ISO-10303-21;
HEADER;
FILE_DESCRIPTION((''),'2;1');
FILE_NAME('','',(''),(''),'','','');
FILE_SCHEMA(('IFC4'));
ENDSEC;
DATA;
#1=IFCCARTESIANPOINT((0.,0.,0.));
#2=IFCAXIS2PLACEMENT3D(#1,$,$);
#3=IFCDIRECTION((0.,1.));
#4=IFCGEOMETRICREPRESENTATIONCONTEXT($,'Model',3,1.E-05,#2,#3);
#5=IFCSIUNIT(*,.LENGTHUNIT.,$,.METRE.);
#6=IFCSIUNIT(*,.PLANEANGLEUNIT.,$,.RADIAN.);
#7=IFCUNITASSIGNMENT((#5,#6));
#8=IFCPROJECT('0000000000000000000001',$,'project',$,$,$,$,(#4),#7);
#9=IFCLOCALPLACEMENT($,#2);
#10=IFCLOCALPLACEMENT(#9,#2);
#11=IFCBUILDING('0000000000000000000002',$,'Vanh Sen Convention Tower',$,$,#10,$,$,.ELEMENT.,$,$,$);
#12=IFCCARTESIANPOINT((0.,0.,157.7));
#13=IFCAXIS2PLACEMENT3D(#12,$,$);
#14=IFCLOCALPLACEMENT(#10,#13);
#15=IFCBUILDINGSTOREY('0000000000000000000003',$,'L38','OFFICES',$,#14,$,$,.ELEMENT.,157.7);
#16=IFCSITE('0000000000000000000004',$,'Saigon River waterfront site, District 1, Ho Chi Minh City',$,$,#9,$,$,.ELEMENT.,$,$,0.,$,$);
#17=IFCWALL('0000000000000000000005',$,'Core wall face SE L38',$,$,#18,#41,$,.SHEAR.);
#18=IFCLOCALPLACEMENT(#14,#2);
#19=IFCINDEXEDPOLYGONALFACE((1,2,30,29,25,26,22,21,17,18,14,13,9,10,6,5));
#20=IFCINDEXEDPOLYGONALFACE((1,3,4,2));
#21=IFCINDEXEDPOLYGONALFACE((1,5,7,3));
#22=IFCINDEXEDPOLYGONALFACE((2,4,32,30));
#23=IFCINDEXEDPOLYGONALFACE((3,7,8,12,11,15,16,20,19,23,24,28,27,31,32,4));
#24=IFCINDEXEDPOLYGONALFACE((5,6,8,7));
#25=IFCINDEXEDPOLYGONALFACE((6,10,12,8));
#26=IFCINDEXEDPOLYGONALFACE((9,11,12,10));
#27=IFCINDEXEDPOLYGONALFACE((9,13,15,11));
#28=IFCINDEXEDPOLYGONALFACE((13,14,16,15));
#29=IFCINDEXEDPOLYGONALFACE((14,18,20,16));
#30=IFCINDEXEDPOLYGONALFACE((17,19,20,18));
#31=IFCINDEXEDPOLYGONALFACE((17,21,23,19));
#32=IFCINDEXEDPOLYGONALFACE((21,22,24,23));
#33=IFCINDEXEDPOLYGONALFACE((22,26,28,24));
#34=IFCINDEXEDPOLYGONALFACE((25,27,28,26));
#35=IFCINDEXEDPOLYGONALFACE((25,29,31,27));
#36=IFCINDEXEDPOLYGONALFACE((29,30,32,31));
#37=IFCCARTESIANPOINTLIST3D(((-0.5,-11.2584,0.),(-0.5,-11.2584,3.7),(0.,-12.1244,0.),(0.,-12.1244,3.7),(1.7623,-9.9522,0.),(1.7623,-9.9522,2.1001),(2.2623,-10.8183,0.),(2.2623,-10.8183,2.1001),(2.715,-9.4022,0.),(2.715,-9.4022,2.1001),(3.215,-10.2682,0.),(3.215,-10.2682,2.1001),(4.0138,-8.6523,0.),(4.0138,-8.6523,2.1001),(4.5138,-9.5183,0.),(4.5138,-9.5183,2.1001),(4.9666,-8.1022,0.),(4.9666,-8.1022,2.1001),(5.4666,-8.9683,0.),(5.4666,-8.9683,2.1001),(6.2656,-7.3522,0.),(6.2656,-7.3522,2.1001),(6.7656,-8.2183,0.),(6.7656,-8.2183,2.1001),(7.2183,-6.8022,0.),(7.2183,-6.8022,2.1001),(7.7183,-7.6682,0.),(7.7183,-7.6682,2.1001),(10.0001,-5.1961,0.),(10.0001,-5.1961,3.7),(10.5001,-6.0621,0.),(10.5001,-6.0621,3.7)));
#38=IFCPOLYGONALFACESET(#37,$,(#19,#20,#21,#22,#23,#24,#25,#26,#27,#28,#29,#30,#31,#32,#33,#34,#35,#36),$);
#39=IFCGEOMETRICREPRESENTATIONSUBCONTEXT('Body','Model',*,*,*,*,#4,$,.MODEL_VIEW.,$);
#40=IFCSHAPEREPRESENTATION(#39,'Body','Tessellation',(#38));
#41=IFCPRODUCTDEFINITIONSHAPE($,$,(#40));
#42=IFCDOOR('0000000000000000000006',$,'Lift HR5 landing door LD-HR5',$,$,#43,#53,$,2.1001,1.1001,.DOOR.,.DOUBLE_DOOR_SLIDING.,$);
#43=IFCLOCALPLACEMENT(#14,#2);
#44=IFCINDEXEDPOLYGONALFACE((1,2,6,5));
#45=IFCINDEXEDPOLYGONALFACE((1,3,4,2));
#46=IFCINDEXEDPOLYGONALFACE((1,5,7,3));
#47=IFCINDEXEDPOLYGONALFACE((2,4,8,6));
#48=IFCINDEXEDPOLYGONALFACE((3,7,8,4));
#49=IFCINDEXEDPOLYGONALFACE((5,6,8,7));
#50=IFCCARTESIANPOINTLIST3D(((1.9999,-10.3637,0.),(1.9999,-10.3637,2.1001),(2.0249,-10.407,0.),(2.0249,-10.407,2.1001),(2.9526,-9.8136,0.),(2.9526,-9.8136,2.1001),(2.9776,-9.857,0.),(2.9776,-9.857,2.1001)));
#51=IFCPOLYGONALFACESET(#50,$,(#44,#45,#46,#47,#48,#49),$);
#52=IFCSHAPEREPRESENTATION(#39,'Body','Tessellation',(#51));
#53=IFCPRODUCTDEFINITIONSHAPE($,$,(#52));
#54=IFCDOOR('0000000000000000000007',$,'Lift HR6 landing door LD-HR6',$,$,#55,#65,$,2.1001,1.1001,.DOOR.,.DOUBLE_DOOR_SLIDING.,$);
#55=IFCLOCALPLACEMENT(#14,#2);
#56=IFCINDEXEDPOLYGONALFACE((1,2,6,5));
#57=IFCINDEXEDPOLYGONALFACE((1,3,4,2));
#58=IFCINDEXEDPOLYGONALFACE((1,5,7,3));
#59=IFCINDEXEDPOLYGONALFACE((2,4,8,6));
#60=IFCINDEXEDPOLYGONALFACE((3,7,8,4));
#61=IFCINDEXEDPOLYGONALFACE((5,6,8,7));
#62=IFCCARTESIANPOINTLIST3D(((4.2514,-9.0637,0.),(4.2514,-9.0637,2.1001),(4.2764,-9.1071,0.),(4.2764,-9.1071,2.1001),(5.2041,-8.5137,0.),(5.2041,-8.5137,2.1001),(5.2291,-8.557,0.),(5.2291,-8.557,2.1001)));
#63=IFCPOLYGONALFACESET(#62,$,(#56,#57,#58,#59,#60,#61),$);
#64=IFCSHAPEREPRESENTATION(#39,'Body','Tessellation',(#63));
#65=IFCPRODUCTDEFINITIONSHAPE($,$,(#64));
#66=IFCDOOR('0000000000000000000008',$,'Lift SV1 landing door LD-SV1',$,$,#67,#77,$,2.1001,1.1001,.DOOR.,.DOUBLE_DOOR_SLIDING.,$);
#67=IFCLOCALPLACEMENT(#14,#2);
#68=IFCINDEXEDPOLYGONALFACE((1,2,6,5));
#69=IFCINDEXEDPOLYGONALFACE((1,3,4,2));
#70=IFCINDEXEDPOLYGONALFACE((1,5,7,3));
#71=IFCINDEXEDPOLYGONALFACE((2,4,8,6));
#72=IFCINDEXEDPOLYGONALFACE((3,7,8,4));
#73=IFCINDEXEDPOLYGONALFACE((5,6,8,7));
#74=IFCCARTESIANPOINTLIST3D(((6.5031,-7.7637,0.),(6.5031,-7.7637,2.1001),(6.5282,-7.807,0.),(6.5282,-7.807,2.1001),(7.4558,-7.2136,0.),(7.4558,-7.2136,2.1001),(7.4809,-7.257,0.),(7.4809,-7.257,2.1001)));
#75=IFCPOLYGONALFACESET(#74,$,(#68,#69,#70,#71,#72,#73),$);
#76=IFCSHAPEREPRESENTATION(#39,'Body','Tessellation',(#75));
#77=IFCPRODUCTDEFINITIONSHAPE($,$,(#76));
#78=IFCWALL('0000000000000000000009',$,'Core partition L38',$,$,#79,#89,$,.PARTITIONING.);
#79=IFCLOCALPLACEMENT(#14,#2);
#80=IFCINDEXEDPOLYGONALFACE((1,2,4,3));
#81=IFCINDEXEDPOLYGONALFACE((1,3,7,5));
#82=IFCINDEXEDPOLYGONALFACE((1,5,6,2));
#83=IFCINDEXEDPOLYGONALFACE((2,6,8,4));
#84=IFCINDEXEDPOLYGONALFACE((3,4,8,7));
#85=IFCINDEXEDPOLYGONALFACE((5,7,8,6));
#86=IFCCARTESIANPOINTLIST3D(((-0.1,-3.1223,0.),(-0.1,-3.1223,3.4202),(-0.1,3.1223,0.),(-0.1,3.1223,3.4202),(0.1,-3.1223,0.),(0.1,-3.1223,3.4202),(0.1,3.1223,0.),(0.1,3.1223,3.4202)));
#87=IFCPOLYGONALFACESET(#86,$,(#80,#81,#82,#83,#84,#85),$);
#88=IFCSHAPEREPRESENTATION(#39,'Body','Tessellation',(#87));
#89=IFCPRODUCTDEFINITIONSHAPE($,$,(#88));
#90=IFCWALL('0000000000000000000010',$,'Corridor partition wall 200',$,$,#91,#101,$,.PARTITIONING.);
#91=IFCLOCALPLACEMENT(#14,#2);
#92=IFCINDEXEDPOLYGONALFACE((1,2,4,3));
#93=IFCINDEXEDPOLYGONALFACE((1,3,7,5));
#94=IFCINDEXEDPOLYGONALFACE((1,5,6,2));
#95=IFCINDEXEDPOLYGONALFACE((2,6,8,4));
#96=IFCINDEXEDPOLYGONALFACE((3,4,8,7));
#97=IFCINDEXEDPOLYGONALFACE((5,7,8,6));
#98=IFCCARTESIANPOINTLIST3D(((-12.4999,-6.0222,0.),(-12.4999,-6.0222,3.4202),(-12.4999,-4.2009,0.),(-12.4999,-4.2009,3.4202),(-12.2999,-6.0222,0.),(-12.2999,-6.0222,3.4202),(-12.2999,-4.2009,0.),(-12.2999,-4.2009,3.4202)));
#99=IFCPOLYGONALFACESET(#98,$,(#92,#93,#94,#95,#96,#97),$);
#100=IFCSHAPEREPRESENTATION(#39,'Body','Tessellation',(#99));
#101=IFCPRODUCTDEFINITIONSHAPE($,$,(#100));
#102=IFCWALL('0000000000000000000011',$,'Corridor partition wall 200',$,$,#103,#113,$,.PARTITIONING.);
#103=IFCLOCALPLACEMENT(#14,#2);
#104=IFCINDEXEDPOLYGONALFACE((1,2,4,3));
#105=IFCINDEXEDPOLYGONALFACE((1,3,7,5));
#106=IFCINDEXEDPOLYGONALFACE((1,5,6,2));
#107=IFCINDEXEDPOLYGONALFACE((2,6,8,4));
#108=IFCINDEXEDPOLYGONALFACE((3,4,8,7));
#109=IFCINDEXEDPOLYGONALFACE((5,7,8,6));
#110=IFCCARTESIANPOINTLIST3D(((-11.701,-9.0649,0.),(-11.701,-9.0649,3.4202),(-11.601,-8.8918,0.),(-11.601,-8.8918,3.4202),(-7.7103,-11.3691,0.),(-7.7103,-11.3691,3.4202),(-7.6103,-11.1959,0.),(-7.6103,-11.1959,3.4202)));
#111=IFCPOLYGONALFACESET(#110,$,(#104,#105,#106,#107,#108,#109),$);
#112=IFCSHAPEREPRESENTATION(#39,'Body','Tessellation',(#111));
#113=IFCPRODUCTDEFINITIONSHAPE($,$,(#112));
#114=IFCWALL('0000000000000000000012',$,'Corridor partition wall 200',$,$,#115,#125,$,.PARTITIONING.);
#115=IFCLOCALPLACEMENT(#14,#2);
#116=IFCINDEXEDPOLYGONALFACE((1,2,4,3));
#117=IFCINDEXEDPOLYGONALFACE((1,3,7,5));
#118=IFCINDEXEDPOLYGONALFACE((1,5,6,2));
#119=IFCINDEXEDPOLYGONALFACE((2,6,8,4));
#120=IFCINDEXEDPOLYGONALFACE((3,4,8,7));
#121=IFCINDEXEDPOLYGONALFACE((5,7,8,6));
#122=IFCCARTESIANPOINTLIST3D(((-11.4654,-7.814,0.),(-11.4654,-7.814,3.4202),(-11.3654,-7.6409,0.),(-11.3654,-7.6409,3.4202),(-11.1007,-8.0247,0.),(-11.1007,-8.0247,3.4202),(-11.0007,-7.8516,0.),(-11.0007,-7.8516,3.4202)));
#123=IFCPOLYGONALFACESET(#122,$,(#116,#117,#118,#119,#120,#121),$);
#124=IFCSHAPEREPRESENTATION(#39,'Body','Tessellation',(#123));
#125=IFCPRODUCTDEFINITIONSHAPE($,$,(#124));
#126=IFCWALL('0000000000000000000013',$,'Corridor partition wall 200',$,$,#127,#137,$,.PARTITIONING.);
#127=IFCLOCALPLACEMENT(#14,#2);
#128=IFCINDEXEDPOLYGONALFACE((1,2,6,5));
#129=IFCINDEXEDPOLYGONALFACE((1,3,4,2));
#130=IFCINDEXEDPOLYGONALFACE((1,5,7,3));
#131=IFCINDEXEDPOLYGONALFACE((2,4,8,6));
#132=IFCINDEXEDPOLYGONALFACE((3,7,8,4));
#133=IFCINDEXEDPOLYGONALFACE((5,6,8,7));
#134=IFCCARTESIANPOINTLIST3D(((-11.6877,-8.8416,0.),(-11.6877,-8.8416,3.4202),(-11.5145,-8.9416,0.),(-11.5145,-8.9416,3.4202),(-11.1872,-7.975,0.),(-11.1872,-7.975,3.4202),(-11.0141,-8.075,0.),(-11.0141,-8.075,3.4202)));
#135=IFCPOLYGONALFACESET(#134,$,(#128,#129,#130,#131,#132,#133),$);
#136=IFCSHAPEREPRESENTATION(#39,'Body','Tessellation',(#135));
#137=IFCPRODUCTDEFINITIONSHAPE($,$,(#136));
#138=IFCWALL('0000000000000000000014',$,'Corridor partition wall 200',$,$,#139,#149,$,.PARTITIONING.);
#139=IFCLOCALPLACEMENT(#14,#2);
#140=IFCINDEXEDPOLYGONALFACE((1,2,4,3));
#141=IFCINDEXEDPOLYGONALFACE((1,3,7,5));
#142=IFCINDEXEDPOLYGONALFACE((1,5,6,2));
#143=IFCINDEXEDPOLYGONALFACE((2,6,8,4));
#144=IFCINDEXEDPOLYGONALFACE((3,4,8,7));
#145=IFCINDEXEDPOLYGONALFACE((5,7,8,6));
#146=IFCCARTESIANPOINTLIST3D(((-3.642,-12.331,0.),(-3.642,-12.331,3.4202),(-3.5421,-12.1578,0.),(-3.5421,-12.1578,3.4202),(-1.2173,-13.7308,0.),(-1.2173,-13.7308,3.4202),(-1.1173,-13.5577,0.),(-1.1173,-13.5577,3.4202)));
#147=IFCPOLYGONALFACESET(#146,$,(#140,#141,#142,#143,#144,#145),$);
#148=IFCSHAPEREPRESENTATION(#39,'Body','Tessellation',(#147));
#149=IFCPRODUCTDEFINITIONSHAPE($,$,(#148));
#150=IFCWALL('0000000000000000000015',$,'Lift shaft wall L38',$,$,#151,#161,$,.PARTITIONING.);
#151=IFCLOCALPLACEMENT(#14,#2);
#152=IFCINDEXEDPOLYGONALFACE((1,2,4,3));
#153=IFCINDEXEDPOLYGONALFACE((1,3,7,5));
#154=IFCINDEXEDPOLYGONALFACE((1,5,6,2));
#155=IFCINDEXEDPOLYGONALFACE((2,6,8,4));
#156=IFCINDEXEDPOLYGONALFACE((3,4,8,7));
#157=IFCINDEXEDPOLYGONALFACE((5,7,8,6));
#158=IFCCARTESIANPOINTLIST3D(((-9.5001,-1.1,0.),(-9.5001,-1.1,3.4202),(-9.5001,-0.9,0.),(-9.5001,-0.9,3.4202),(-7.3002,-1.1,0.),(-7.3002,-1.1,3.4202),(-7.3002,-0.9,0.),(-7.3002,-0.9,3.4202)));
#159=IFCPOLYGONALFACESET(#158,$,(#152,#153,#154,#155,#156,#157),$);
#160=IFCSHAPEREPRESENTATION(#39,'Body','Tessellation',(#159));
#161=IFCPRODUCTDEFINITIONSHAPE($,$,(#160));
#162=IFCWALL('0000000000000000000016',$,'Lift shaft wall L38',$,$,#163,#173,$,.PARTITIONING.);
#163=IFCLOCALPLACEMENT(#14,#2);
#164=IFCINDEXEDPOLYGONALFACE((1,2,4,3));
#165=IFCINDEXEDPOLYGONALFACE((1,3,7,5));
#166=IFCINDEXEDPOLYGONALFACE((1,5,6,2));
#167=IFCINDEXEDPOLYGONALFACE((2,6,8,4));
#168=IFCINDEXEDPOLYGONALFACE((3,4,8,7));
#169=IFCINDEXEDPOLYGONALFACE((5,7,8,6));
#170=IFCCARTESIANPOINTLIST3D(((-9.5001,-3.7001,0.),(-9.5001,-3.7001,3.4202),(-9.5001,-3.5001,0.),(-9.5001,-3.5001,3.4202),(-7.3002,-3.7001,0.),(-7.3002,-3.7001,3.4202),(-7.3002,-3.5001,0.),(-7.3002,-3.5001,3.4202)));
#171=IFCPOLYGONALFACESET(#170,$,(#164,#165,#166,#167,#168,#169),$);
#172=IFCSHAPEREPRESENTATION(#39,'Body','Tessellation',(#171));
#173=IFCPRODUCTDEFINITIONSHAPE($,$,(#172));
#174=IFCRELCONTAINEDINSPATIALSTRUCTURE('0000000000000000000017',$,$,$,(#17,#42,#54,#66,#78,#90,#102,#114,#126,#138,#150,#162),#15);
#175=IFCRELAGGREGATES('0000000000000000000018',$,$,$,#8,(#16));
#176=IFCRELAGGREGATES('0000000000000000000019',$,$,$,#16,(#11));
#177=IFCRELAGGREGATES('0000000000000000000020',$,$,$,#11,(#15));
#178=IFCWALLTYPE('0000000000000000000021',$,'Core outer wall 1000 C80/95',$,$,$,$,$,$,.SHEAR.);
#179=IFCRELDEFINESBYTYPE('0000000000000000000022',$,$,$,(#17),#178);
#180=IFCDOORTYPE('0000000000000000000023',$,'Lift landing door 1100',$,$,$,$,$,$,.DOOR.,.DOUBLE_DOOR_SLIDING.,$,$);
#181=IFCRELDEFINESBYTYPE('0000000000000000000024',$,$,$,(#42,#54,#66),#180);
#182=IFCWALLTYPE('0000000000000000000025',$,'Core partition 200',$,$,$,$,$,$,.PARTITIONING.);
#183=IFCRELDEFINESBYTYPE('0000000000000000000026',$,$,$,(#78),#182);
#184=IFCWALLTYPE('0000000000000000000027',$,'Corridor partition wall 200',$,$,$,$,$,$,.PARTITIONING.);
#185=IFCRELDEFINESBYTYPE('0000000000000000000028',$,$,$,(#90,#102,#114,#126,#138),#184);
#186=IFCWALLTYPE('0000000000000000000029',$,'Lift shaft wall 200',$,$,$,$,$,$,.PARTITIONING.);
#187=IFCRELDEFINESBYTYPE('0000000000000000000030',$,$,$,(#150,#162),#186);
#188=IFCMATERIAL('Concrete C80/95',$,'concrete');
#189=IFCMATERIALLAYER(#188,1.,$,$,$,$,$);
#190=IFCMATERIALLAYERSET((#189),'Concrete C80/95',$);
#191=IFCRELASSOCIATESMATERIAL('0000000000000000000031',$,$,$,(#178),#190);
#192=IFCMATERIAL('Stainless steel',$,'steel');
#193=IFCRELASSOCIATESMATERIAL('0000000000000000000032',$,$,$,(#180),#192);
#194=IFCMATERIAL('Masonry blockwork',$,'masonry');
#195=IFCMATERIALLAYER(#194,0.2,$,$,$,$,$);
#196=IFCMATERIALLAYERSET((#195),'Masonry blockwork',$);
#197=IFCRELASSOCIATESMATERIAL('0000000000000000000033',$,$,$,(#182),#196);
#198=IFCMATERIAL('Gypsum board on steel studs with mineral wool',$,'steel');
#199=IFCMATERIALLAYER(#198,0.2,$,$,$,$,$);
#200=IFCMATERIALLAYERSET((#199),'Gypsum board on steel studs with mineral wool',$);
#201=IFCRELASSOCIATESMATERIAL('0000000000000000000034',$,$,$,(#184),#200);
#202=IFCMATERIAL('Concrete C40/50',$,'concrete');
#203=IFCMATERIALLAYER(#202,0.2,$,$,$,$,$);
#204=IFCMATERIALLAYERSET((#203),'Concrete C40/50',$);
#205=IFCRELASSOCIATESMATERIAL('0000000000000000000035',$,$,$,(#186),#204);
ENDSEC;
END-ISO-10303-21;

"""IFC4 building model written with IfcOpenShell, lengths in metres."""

from ifc_helpers import new_model, si_unit, direction, frame, frame_2d, origin, place, context, subcontext, project, spatial, rectangle, extrude, material, layer, layer_set, type_object, element, fill, save


model = new_model("IFC4")

# Units and contexts
model_context = context("Model", 3, precision=1e-05, world=origin(), true_north=direction((0.0, 1.0)))
body_context = subcontext(model_context, "Body", "Model", "MODEL_VIEW")
ifc_project = project(units=[si_unit("LENGTHUNIT", "METRE"), si_unit("PLANEANGLEUNIT", "RADIAN")], contexts=[model_context])

# Site, building, storey
site_placement = place(None, origin())
site = spatial("IfcSite", under=ifc_project, at=site_placement, Name="Saigon River waterfront site, District 1, Ho Chi Minh City", CompositionType="ELEMENT", RefElevation=0.0)
building_placement = place(site_placement, origin())
building = spatial("IfcBuilding", under=site, at=building_placement, Name="Vanh Sen Convention Tower", CompositionType="ELEMENT")
storey_placement = place(building_placement, frame((0.0, 0.0, 157.7)))
storey = spatial("IfcBuildingStorey", under=building, at=storey_placement, Name="L38", Description="OFFICES", CompositionType="ELEMENT", Elevation=157.7)

# Wall, openings, doors
ifc_material_1 = material(Name="Concrete C80/95", Category="concrete")
ifc_layer_1 = layer(ifc_material_1, 1.0)
ifc_layer_set_1 = layer_set([ifc_layer_1], Name="Concrete C80/95")
wall_type_1 = type_object("IfcWallType", Name="Core outer wall 1000 C80/95", PredefinedType="SHEAR", material=ifc_layer_set_1)
ifc_material_2 = material(Name="Stainless steel", Category="steel")
door_type_1 = type_object("IfcDoorType", Name="Lift landing door 1100", OperationType="DOUBLE_DOOR_SLIDING", PredefinedType="DOOR", material=ifc_material_2)
wall_1_placement = place(storey_placement, frame((-0.25, -11.6914, 0.0), z_axis=(0.0, 0.0, 1.0), x_axis=(0.866023, 0.500005, 0.0)))
wall_1 = element("IfcWall", 1, at=wall_1_placement, inside=storey, type_object=wall_type_1, Name="Core wall face SE L38", PredefinedType="SHEAR", context=body_context, shape_type="SweptSolid", body=[
    extrude(rectangle(XDim=12.1245, YDim=1.0, at=frame_2d((6.0623, 0.0))), origin(), (0.0, 0.0, 1.0), 3.7),
])
opening_1_placement = place(wall_1_placement, frame((2.6123, 0.0, 0.0)))
opening_1 = element("IfcOpeningElement", 2, at=opening_1_placement, cuts=wall_1, PredefinedType="OPENING", context=body_context, shape_type="SweptSolid", body=[
    extrude(rectangle(XDim=1.1001, YDim=2.1001, at=frame_2d((0.55, 1.05))), frame((0.0, 0.51, 0.0), z_axis=(0.0, -1.0, 0.0), x_axis=(1.0, 0.0, 0.0)), (0.0, 0.0, 1.0), 1.02),
])
opening_2_placement = place(wall_1_placement, frame((5.2122, 0.0, 0.0)))
opening_2 = element("IfcOpeningElement", 3, at=opening_2_placement, cuts=wall_1, PredefinedType="OPENING", context=body_context, shape_type="SweptSolid", body=[
    extrude(rectangle(XDim=1.1001, YDim=2.1001, at=frame_2d((0.55, 1.05))), frame((0.0, 0.51, 0.0), z_axis=(0.0, -1.0, 0.0), x_axis=(1.0, 0.0, 0.0)), (0.0, 0.0, 1.0), 1.02),
])
opening_3_placement = place(wall_1_placement, frame((7.8123, 0.0, 0.0)))
opening_3 = element("IfcOpeningElement", 4, at=opening_3_placement, cuts=wall_1, PredefinedType="OPENING", context=body_context, shape_type="SweptSolid", body=[
    extrude(rectangle(XDim=1.1001, YDim=2.1001, at=frame_2d((0.55, 1.05))), frame((0.0, 0.51, 0.0), z_axis=(0.0, -1.0, 0.0), x_axis=(1.0, 0.0, 0.0)), (0.0, 0.0, 1.0), 1.02),
])
door_1_placement = place(opening_1_placement, origin())
door_1 = element("IfcDoor", 5, at=door_1_placement, inside=storey, type_object=door_type_1, Name="Lift HR5 landing door LD-HR5", OperationType="DOUBLE_DOOR_SLIDING", OverallHeight=2.1001, OverallWidth=1.1001, PredefinedType="DOOR", context=body_context, shape_type="SweptSolid", body=[
    extrude(rectangle(XDim=1.1001, YDim=2.1001, at=frame_2d((0.55, 1.05))), frame((0.0, 0.0249, 0.0), z_axis=(0.0, -1.0, 0.0), x_axis=(1.0, 0.0, 0.0)), (0.0, 0.0, 1.0), 0.05),
])
fill(opening_1, door_1)
door_2_placement = place(opening_2_placement, origin())
door_2 = element("IfcDoor", 6, at=door_2_placement, inside=storey, type_object=door_type_1, Name="Lift HR6 landing door LD-HR6", OperationType="DOUBLE_DOOR_SLIDING", OverallHeight=2.1001, OverallWidth=1.1001, PredefinedType="DOOR", context=body_context, shape_type="SweptSolid", body=[
    extrude(rectangle(XDim=1.1001, YDim=2.1001, at=frame_2d((0.55, 1.05))), frame((0.0, 0.0249, 0.0), z_axis=(0.0, -1.0, 0.0), x_axis=(1.0, 0.0, 0.0)), (0.0, 0.0, 1.0), 0.05),
])
fill(opening_2, door_2)
door_3_placement = place(opening_3_placement, origin())
door_3 = element("IfcDoor", 7, at=door_3_placement, inside=storey, type_object=door_type_1, Name="Lift SV1 landing door LD-SV1", OperationType="DOUBLE_DOOR_SLIDING", OverallHeight=2.1001, OverallWidth=1.1001, PredefinedType="DOOR", context=body_context, shape_type="SweptSolid", body=[
    extrude(rectangle(XDim=1.1001, YDim=2.1001, at=frame_2d((0.55, 1.05))), frame((0.0, 0.0249, 0.0), z_axis=(0.0, -1.0, 0.0), x_axis=(1.0, 0.0, 0.0)), (0.0, 0.0, 1.0), 0.05),
])
fill(opening_3, door_3)

# Walls
ifc_material_3 = material(Name="Masonry blockwork", Category="masonry")
ifc_layer_2 = layer(ifc_material_3, 0.2)
ifc_layer_set_2 = layer_set([ifc_layer_2], Name="Masonry blockwork")
wall_type_2 = type_object("IfcWallType", Name="Core partition 200", PredefinedType="PARTITIONING", material=ifc_layer_set_2)
wall_2_placement = place(storey_placement, frame((0.0, -3.1223, 0.0), z_axis=(0.0, 0.0, 1.0), x_axis=(0.0, 1.0, 0.0)))
element("IfcWall", 8, at=wall_2_placement, inside=storey, type_object=wall_type_2, Name="Core partition L38", PredefinedType="PARTITIONING", context=body_context, shape_type="SweptSolid", body=[
    extrude(rectangle(XDim=6.2446, YDim=0.2, at=frame_2d((3.1223, 0.0))), origin(), (0.0, 0.0, 1.0), 3.4202),
])
ifc_material_4 = material(Name="Gypsum board on steel studs with mineral wool", Category="steel")
ifc_layer_3 = layer(ifc_material_4, 0.2)
ifc_layer_set_3 = layer_set([ifc_layer_3], Name="Gypsum board on steel studs with mineral wool")
wall_type_3 = type_object("IfcWallType", Name="Corridor partition wall 200", PredefinedType="PARTITIONING", material=ifc_layer_set_3)
wall_3_placement = place(storey_placement, frame((-12.3999, -4.2009, 0.0), z_axis=(0.0, 0.0, 1.0), x_axis=(0.0, -1.0, 0.0)))
element("IfcWall", 9, at=wall_3_placement, inside=storey, type_object=wall_type_3, Name="Corridor partition wall 200", PredefinedType="PARTITIONING", context=body_context, shape_type="SweptSolid", body=[
    extrude(rectangle(XDim=1.8213, YDim=0.2, at=frame_2d((0.9106, 0.0))), origin(), (0.0, 0.0, 1.0), 3.4202),
])
wall_4_placement = place(storey_placement, frame((-11.6511, -8.9783, 0.0), z_axis=(0.0, 0.0, 1.0), x_axis=(0.866011, -0.500025, 0.0)))
element("IfcWall", 10, at=wall_4_placement, inside=storey, type_object=wall_type_3, Name="Corridor partition wall 200", PredefinedType="PARTITIONING", context=body_context, shape_type="SweptSolid", body=[
    extrude(rectangle(XDim=4.6082, YDim=0.2, at=frame_2d((2.3042, 0.0))), origin(), (0.0, 0.0, 1.0), 3.4202),
])
wall_5_placement = place(storey_placement, frame((-11.4153, -7.7275, 0.0), z_axis=(0.0, 0.0, 1.0), x_axis=(0.865915, -0.500191, 0.0)))
element("IfcWall", 11, at=wall_5_placement, inside=storey, type_object=wall_type_3, Name="Corridor partition wall 200", PredefinedType="PARTITIONING", context=body_context, shape_type="SweptSolid", body=[
    extrude(rectangle(XDim=0.4211, YDim=0.2, at=frame_2d((0.2104, 0.0))), origin(), (0.0, 0.0, 1.0), 3.4202),
])
wall_6_placement = place(storey_placement, frame((-11.1006, -8.0249, 0.0), z_axis=(0.0, 0.0, 1.0), x_axis=(-0.500074, -0.865982, 0.0)))
element("IfcWall", 12, at=wall_6_placement, inside=storey, type_object=wall_type_3, Name="Corridor partition wall 200", PredefinedType="PARTITIONING", context=body_context, shape_type="SweptSolid", body=[
    extrude(rectangle(XDim=1.0007, YDim=0.2, at=frame_2d((0.5005, 0.0))), origin(), (0.0, 0.0, 1.0), 3.4202),
])
wall_7_placement = place(storey_placement, frame((-3.592, -12.2444, 0.0), z_axis=(0.0, 0.0, 1.0), x_axis=(0.866035, -0.499984, 0.0)))
element("IfcWall", 13, at=wall_7_placement, inside=storey, type_object=wall_type_3, Name="Corridor partition wall 200", PredefinedType="PARTITIONING", context=body_context, shape_type="SweptSolid", body=[
    extrude(rectangle(XDim=2.7998, YDim=0.2, at=frame_2d((1.3999, 0.0))), origin(), (0.0, 0.0, 1.0), 3.4202),
])
ifc_material_5 = material(Name="Concrete C40/50", Category="concrete")
ifc_layer_4 = layer(ifc_material_5, 0.2)
ifc_layer_set_4 = layer_set([ifc_layer_4], Name="Concrete C40/50")
wall_type_4 = type_object("IfcWallType", Name="Lift shaft wall 200", PredefinedType="PARTITIONING", material=ifc_layer_set_4)
for number, where, z_axis, x_axis, name in (
    (14, (-7.3, -1.0, 0.0), (0.0, 0.0, 1.0), (-1.0, 0.0, 0.0), "Lift shaft wall L38"),
    (15, (-7.3, -3.6001, 0.0), (0.0, 0.0, 1.0), (-1.0, 0.0, 0.0), "Lift shaft wall L38"),
):
    element("IfcWall", number, at=place(storey_placement, frame(where, z_axis=z_axis, x_axis=x_axis)), inside=storey, type_object=wall_type_4, Name=name, PredefinedType="PARTITIONING", context=body_context, shape_type="SweptSolid", body=[
        extrude(rectangle(XDim=2.2, YDim=0.2, at=frame_2d((1.1001, 0.0))), origin(), (0.0, 0.0, 1.0), 3.4202),
    ])

save(model, "model.ifc")
